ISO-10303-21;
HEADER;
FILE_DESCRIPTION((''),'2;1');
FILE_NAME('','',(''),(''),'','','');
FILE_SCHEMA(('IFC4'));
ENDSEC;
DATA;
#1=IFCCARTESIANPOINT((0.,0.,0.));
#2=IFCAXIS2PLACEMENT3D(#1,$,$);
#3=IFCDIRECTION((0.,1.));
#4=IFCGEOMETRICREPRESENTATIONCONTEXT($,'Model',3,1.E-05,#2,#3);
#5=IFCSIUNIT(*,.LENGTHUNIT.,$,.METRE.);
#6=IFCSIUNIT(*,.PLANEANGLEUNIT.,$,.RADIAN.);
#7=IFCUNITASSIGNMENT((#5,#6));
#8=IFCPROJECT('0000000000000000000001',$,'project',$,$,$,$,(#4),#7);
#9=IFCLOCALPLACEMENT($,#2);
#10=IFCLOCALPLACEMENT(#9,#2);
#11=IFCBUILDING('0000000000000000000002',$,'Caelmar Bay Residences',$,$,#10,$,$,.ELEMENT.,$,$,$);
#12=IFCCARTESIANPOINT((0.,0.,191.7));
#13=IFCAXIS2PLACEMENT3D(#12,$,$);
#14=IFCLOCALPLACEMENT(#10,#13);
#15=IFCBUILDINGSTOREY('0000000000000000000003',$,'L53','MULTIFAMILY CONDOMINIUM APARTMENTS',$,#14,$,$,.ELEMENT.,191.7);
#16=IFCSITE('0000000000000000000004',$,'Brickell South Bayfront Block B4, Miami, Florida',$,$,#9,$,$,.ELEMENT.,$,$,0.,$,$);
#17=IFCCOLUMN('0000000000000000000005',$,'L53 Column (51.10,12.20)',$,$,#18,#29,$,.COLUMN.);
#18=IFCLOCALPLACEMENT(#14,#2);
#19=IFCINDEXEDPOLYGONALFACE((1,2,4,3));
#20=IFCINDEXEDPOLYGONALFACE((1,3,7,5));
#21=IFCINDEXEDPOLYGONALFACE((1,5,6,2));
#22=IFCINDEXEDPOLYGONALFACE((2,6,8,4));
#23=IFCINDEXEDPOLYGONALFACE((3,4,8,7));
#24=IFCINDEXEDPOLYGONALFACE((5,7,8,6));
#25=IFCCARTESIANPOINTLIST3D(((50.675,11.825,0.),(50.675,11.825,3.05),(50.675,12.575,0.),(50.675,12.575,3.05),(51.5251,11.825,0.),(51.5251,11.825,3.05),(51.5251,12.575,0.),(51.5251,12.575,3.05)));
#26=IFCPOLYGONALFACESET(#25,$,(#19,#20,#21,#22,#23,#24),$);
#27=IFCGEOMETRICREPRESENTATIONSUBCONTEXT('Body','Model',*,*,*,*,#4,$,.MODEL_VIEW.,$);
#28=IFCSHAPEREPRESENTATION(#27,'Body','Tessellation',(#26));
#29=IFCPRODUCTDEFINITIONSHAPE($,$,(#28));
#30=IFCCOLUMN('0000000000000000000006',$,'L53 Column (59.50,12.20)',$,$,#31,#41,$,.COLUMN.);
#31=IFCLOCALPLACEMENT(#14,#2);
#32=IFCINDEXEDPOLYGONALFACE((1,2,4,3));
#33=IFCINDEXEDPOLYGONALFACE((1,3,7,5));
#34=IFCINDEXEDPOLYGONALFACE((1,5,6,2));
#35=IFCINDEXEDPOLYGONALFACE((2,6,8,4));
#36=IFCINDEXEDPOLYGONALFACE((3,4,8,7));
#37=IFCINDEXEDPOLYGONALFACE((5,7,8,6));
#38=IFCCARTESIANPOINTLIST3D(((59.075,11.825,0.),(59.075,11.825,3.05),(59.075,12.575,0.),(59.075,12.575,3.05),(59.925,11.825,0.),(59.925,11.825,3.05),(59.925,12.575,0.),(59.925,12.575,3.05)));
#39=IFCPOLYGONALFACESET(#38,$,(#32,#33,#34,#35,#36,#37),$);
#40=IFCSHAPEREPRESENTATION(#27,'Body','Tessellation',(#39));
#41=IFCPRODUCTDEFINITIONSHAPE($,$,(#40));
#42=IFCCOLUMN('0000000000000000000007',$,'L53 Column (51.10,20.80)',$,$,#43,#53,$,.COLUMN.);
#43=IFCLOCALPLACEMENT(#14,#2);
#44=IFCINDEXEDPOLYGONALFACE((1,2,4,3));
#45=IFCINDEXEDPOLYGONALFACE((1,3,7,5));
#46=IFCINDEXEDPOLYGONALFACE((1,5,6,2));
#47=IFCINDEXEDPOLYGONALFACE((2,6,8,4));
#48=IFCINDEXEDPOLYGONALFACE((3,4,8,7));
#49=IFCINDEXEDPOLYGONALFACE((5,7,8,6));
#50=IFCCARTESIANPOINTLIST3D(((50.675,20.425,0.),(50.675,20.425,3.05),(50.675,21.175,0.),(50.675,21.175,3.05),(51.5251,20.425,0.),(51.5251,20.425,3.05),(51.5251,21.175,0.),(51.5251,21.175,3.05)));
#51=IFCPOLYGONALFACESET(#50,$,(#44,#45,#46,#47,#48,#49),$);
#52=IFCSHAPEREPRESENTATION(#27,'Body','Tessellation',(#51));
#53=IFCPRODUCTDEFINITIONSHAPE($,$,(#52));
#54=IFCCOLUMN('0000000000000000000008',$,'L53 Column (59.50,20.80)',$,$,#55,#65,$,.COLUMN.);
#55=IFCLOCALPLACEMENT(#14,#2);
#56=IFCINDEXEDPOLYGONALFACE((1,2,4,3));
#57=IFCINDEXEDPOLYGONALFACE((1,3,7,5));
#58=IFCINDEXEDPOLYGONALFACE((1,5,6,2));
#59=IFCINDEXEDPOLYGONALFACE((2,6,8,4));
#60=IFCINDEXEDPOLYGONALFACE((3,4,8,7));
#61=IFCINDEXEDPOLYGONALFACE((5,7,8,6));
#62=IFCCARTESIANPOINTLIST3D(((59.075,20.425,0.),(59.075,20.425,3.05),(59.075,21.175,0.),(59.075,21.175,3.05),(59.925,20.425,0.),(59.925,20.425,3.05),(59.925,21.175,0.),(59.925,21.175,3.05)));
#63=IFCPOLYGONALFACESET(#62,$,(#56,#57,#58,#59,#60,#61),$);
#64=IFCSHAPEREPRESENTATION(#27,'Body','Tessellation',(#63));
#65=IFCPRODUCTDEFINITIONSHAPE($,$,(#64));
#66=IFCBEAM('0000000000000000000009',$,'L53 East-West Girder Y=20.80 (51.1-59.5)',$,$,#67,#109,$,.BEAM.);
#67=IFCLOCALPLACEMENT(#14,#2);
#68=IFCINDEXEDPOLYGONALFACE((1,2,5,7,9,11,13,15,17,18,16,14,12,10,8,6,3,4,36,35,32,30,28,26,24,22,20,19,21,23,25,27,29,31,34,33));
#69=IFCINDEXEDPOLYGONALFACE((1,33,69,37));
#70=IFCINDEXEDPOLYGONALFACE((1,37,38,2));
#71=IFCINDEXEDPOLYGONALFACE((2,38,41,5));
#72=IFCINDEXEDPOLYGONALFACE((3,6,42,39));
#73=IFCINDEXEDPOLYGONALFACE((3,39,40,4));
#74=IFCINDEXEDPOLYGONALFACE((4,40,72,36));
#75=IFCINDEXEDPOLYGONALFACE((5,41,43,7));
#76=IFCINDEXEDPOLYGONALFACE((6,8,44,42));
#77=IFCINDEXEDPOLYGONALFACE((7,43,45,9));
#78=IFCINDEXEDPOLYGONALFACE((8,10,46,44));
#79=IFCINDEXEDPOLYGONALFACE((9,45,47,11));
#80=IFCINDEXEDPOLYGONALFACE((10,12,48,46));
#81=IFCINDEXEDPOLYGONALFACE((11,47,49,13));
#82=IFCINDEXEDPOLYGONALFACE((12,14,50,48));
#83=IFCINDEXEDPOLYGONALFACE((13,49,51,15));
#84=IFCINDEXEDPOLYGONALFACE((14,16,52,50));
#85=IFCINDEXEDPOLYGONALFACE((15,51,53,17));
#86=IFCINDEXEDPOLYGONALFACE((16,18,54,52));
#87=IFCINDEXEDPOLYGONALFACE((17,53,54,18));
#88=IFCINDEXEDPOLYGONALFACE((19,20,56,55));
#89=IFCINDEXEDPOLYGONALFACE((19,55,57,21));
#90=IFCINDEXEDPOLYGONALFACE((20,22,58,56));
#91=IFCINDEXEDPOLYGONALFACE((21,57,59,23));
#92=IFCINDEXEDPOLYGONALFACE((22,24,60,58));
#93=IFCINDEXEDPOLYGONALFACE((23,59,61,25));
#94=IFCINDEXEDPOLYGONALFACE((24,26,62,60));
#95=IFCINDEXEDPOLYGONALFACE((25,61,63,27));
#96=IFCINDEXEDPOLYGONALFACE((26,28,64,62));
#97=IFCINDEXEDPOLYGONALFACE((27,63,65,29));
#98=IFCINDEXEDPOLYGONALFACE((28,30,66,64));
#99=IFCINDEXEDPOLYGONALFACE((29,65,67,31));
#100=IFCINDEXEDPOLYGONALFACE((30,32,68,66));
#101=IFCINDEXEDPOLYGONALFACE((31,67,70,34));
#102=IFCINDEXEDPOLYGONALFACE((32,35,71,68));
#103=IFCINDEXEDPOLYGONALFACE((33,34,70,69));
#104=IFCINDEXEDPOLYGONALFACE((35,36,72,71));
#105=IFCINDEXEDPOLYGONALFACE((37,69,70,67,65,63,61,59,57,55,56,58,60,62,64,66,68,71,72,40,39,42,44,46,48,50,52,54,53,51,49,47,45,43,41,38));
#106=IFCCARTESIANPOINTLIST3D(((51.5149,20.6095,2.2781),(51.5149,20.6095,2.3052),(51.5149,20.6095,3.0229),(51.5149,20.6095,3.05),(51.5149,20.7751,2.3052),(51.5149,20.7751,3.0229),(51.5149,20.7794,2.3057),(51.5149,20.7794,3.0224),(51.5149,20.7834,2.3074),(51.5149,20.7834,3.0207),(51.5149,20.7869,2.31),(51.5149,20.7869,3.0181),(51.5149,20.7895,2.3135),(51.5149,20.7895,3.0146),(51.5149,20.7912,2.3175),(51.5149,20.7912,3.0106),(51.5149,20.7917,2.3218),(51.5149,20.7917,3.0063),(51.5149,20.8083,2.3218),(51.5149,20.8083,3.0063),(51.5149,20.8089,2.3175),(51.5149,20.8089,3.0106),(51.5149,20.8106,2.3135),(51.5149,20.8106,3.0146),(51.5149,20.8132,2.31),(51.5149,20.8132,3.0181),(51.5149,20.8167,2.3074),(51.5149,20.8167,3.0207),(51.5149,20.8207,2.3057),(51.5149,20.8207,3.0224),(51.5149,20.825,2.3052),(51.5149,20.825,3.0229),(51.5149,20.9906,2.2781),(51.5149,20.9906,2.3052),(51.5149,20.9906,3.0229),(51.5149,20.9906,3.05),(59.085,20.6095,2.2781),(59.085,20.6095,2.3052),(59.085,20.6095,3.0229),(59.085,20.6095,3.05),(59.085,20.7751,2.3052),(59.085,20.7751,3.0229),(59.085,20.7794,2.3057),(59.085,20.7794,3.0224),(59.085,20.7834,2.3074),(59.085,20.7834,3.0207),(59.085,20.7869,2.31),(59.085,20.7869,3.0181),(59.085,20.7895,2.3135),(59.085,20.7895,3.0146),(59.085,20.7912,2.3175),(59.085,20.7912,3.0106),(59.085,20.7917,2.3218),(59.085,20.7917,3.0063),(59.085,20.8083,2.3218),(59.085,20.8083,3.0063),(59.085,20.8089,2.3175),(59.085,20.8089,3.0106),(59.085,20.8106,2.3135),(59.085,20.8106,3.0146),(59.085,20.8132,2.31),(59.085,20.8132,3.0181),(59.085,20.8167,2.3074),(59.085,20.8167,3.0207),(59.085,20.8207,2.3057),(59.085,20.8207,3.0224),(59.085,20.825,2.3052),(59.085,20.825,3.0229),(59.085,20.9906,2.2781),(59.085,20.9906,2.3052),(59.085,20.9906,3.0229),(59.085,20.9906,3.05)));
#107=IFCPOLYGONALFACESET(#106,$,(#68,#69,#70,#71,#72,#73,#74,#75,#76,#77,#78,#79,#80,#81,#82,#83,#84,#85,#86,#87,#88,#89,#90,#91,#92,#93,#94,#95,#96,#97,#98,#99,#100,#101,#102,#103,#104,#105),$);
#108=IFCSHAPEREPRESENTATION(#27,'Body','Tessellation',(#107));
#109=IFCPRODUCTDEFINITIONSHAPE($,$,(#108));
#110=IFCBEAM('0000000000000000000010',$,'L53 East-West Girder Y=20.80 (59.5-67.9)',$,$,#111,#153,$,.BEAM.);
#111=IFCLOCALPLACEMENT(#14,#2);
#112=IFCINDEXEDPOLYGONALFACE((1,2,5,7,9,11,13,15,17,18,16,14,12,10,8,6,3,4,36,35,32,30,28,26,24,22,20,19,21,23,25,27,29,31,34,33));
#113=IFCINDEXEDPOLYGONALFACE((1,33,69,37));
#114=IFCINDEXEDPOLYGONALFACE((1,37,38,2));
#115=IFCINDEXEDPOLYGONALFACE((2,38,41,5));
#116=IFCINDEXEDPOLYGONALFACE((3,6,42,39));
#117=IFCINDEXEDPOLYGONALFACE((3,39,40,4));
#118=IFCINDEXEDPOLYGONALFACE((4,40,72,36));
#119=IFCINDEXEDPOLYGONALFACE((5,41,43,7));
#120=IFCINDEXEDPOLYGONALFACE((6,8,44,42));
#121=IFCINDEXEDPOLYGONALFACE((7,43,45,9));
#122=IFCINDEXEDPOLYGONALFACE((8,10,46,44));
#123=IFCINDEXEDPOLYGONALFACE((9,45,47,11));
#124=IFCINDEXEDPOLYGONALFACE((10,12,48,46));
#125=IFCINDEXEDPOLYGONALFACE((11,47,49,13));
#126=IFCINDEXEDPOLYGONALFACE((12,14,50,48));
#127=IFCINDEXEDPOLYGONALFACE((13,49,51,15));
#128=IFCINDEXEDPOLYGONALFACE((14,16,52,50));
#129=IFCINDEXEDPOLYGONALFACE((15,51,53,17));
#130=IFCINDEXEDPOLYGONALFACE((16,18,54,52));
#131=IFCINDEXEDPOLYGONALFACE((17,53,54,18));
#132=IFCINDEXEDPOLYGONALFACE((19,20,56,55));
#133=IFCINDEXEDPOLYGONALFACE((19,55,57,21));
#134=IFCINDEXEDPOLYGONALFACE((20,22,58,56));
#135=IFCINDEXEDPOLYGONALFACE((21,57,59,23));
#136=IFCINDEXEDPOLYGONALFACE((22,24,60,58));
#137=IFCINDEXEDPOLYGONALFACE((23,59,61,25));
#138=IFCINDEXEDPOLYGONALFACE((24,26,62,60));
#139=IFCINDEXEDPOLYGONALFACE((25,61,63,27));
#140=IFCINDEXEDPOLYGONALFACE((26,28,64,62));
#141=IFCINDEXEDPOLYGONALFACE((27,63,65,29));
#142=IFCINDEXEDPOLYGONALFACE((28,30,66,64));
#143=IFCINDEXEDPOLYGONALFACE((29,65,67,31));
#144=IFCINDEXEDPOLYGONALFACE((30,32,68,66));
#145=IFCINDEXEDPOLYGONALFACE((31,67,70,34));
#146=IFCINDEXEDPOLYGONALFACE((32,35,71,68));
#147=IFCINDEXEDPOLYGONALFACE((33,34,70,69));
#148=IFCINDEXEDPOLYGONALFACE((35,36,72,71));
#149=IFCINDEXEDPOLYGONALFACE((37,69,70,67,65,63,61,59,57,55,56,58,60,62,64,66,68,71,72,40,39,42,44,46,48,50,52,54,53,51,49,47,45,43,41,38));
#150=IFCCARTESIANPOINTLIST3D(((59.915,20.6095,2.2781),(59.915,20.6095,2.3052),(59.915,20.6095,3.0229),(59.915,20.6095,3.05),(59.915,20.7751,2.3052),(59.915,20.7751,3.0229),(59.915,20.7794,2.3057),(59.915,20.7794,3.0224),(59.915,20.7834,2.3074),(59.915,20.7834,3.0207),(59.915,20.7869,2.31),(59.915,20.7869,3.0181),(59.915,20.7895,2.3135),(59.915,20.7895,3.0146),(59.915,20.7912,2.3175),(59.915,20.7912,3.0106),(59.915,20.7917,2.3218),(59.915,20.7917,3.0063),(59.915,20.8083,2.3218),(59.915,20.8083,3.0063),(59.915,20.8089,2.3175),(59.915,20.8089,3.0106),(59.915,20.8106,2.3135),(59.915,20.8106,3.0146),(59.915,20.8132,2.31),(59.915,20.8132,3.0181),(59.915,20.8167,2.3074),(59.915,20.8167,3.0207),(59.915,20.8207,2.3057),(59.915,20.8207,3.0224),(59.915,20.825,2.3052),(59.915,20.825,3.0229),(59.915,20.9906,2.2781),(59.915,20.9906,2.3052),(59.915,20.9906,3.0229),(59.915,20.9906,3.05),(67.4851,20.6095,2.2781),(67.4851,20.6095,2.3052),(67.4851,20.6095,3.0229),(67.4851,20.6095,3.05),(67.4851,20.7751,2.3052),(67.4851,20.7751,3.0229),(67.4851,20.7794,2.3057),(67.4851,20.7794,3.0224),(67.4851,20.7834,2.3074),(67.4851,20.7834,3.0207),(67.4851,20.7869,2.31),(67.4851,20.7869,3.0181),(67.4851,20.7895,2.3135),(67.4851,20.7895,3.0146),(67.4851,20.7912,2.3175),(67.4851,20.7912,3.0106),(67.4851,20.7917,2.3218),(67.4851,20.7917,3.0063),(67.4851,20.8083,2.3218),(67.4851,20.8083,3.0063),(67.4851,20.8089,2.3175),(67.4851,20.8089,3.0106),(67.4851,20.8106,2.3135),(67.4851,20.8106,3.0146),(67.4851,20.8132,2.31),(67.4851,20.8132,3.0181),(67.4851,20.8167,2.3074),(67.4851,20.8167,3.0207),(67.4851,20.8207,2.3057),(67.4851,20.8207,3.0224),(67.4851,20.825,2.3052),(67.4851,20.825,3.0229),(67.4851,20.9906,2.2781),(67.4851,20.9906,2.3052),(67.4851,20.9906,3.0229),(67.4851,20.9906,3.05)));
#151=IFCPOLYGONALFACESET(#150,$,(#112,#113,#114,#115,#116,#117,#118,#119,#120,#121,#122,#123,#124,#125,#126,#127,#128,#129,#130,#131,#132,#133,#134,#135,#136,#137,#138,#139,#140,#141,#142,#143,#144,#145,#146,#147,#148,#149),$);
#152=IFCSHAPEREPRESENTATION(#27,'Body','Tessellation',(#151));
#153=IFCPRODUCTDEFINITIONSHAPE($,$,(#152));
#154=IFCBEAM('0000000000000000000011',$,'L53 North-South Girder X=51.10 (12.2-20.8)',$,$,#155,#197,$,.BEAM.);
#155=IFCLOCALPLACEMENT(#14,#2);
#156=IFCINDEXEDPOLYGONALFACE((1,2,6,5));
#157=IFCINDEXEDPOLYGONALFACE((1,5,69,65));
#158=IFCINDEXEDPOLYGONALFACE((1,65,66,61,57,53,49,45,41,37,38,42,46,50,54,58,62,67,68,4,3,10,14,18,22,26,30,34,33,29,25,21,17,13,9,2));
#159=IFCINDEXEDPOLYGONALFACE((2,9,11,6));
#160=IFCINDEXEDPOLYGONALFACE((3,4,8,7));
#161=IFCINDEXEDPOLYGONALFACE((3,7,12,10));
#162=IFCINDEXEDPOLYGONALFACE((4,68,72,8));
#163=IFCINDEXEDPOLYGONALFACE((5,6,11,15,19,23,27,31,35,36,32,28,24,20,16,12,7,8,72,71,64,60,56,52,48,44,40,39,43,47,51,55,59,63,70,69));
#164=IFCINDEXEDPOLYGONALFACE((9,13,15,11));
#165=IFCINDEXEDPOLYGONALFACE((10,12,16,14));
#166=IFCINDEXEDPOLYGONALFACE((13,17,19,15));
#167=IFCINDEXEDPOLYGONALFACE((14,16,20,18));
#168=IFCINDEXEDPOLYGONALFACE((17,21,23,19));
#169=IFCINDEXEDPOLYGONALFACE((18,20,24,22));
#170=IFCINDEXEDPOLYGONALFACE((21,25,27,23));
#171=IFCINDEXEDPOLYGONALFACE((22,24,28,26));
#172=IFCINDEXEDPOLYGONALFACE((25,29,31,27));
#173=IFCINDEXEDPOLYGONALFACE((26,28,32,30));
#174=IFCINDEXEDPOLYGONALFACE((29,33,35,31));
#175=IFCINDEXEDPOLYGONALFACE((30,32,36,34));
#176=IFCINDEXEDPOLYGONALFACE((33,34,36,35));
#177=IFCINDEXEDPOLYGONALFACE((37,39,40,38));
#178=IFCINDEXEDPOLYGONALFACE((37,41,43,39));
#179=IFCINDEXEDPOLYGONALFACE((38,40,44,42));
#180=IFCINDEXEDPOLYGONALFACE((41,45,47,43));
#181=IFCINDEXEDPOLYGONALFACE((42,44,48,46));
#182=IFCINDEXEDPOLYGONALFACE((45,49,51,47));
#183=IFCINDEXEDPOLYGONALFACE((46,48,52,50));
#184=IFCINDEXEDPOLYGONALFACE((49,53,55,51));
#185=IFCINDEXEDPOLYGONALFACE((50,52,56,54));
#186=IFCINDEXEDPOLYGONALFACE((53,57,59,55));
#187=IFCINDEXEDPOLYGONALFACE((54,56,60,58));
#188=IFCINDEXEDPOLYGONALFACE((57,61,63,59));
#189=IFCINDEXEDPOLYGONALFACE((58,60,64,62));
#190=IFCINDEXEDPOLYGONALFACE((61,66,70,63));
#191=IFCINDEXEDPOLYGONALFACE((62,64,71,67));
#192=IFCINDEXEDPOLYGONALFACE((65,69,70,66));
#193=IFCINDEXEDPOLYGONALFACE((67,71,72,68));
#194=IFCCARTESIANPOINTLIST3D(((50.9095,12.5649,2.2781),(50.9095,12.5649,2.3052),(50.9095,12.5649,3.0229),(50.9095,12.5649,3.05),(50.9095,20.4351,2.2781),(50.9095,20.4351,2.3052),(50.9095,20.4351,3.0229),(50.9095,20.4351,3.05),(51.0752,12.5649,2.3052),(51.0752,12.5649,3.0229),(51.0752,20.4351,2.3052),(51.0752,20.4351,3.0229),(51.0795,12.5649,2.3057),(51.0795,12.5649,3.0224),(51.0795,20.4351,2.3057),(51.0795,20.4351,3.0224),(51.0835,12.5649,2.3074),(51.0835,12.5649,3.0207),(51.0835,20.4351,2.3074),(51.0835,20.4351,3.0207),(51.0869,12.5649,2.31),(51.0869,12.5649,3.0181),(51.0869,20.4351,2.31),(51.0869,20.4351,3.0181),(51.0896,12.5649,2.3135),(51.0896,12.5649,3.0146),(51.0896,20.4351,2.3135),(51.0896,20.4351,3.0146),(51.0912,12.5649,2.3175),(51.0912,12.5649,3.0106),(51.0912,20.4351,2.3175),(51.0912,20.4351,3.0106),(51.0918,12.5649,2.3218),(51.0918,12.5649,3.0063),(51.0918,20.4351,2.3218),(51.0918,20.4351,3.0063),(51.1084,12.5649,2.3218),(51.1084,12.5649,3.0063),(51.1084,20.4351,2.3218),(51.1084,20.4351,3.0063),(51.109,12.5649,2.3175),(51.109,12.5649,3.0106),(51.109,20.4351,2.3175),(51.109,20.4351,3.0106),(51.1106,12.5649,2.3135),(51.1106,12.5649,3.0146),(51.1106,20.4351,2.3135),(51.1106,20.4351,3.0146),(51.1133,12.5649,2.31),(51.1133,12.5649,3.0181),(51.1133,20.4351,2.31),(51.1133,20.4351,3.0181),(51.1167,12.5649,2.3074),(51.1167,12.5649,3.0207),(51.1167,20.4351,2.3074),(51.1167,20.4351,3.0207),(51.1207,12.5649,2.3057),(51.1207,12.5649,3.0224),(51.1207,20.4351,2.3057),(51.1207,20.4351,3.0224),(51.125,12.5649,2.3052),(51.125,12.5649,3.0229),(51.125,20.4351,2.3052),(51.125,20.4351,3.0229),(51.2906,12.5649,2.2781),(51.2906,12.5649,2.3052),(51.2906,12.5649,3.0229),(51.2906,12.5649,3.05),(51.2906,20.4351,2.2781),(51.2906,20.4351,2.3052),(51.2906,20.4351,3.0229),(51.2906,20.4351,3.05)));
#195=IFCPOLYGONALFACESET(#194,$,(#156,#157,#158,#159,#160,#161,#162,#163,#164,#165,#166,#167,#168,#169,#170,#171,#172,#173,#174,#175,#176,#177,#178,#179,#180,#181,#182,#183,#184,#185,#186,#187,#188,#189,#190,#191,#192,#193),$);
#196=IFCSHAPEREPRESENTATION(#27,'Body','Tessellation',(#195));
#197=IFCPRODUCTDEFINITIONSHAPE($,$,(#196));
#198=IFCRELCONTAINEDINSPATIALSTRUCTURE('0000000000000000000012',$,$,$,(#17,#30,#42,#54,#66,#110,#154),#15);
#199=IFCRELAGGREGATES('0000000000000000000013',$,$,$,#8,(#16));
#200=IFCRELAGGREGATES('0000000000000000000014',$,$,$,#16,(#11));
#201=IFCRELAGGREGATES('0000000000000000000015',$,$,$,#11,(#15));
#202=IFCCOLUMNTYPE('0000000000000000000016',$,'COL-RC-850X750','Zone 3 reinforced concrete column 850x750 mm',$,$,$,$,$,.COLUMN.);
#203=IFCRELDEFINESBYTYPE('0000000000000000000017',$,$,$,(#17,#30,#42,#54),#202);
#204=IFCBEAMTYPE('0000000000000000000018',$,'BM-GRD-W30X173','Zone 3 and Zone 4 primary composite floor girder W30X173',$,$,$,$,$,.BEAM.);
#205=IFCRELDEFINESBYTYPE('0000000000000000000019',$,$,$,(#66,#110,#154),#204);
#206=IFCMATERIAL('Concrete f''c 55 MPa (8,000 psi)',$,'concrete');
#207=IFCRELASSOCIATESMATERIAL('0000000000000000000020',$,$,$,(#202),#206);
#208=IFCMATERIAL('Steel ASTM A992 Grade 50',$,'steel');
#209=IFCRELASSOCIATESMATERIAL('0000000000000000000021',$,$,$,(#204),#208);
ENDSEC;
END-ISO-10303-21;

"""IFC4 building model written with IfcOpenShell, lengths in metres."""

from ifc_helpers import new_model, si_unit, direction, frame, origin, origin_2d, place, context, subcontext, project, spatial, rectangle, i_section, extrude, material, material_profile, profile_set, type_object, element, save


model = new_model("IFC4")

# Units and contexts
model_context = context("Model", 3, precision=1e-05, world=origin(), true_north=direction((0.0, 1.0)))
body_context = subcontext(model_context, "Body", "Model", "MODEL_VIEW")
ifc_project = project(units=[si_unit("LENGTHUNIT", "METRE"), si_unit("PLANEANGLEUNIT", "RADIAN")], contexts=[model_context])

# Site, building, storey
site_placement = place(None, origin())
site = spatial("IfcSite", under=ifc_project, at=site_placement, Name="Brickell South Bayfront Block B4, Miami, Florida", CompositionType="ELEMENT", RefElevation=0.0)
building_placement = place(site_placement, origin())
building = spatial("IfcBuilding", under=site, at=building_placement, Name="Caelmar Bay Residences", CompositionType="ELEMENT")
storey_placement = place(building_placement, frame((0.0, 0.0, 191.7)))
storey = spatial("IfcBuildingStorey", under=building, at=storey_placement, Name="L53", Description="MULTIFAMILY CONDOMINIUM APARTMENTS", CompositionType="ELEMENT", Elevation=191.7)

# Columns
ifc_material_1 = material(Name="Concrete f'c 55 MPa (8,000 psi)", Category="concrete")
ifc_material_profile_1 = material_profile(ifc_material_1, rectangle(XDim=0.8501, YDim=0.75, at=origin_2d()), Name="RC-COL-850X750")
ifc_profile_set_1 = profile_set([ifc_material_profile_1], Name="Concrete f'c 55 MPa (8,000 psi)")
column_type = type_object("IfcColumnType", Name="COL-RC-850X750", Description="Zone 3 reinforced concrete column 850x750 mm", PredefinedType="COLUMN", material=ifc_profile_set_1)
for number, where, z_axis, x_axis, name in (
    (1, (51.1001, 12.2, 0.0), (0.0, 0.0, 1.0), (1.0, 0.0, 0.0), "L53 Column (51.10,12.20)"),
    (2, (59.5, 12.2, 0.0), (0.0, 0.0, 1.0), (1.0, 0.0, 0.0), "L53 Column (59.50,12.20)"),
    (3, (51.1001, 20.8, 0.0), (0.0, 0.0, 1.0), (1.0, 0.0, 0.0), "L53 Column (51.10,20.80)"),
    (4, (59.5, 20.8, 0.0), (0.0, 0.0, 1.0), (1.0, 0.0, 0.0), "L53 Column (59.50,20.80)"),
):
    element("IfcColumn", number, at=place(storey_placement, frame(where, z_axis=z_axis, x_axis=x_axis)), inside=storey, type_object=column_type, Name=name, PredefinedType="COLUMN", context=body_context, shape_type="SweptSolid", body=[
        extrude(rectangle(XDim=0.8501, YDim=0.75, at=origin_2d()), origin(), (0.0, 0.0, 1.0), 3.05),
    ])

# Beams
ifc_material_2 = material(Name="Steel ASTM A992 Grade 50", Category="steel")
ifc_material_profile_2 = material_profile(ifc_material_2, i_section(OverallWidth=0.3811, OverallDepth=0.772, WebThickness=0.0166, FlangeThickness=0.0271, FilletRadius=0.0166, at=origin_2d()), Name="W30X173")
ifc_profile_set_2 = profile_set([ifc_material_profile_2], Name="Steel ASTM A992 Grade 50")
beam_type_1 = type_object("IfcBeamType", Name="BM-GRD-W30X173", Description="Zone 3 and Zone 4 primary composite floor girder W30X173", PredefinedType="BEAM", material=ifc_profile_set_2)
for number, where, z_axis, x_axis, name in (
    (5, (51.5149, 20.8, 2.6641), (1.0, 0.0, 0.0), (0.0, 1.0, 0.0), "L53 East-West Girder Y=20.80 (51.1-59.5)"),
    (6, (59.915, 20.8, 2.6641), (1.0, 0.0, 0.0), (0.0, 1.0, 0.0), "L53 East-West Girder Y=20.80 (59.5-67.9)"),
):
    element("IfcBeam", number, at=place(storey_placement, frame(where, z_axis=z_axis, x_axis=x_axis)), inside=storey, type_object=beam_type_1, Name=name, PredefinedType="BEAM", context=body_context, shape_type="SweptSolid", body=[
        extrude(i_section(OverallWidth=0.3811, OverallDepth=0.772, WebThickness=0.0166, FlangeThickness=0.0271, FilletRadius=0.0166, at=origin_2d()), origin(), (0.0, 0.0, 1.0), 7.5701),
    ])
for number, where, z_axis, x_axis, name in (
    (7, (51.1001, 12.5649, 2.6641), (0.0, 1.0, 0.0), (-1.0, 0.0, 0.0), "L53 North-South Girder X=51.10 (12.2-20.8)"),
):
    element("IfcBeam", number, at=place(storey_placement, frame(where, z_axis=z_axis, x_axis=x_axis)), inside=storey, type_object=beam_type_1, Name=name, PredefinedType="BEAM", context=body_context, shape_type="SweptSolid", body=[
        extrude(i_section(OverallWidth=0.3811, OverallDepth=0.772, WebThickness=0.0166, FlangeThickness=0.0271, FilletRadius=0.0166, at=origin_2d()), origin(), (0.0, 0.0, 1.0), 7.8701),
    ])

save(model, "model.ifc")
